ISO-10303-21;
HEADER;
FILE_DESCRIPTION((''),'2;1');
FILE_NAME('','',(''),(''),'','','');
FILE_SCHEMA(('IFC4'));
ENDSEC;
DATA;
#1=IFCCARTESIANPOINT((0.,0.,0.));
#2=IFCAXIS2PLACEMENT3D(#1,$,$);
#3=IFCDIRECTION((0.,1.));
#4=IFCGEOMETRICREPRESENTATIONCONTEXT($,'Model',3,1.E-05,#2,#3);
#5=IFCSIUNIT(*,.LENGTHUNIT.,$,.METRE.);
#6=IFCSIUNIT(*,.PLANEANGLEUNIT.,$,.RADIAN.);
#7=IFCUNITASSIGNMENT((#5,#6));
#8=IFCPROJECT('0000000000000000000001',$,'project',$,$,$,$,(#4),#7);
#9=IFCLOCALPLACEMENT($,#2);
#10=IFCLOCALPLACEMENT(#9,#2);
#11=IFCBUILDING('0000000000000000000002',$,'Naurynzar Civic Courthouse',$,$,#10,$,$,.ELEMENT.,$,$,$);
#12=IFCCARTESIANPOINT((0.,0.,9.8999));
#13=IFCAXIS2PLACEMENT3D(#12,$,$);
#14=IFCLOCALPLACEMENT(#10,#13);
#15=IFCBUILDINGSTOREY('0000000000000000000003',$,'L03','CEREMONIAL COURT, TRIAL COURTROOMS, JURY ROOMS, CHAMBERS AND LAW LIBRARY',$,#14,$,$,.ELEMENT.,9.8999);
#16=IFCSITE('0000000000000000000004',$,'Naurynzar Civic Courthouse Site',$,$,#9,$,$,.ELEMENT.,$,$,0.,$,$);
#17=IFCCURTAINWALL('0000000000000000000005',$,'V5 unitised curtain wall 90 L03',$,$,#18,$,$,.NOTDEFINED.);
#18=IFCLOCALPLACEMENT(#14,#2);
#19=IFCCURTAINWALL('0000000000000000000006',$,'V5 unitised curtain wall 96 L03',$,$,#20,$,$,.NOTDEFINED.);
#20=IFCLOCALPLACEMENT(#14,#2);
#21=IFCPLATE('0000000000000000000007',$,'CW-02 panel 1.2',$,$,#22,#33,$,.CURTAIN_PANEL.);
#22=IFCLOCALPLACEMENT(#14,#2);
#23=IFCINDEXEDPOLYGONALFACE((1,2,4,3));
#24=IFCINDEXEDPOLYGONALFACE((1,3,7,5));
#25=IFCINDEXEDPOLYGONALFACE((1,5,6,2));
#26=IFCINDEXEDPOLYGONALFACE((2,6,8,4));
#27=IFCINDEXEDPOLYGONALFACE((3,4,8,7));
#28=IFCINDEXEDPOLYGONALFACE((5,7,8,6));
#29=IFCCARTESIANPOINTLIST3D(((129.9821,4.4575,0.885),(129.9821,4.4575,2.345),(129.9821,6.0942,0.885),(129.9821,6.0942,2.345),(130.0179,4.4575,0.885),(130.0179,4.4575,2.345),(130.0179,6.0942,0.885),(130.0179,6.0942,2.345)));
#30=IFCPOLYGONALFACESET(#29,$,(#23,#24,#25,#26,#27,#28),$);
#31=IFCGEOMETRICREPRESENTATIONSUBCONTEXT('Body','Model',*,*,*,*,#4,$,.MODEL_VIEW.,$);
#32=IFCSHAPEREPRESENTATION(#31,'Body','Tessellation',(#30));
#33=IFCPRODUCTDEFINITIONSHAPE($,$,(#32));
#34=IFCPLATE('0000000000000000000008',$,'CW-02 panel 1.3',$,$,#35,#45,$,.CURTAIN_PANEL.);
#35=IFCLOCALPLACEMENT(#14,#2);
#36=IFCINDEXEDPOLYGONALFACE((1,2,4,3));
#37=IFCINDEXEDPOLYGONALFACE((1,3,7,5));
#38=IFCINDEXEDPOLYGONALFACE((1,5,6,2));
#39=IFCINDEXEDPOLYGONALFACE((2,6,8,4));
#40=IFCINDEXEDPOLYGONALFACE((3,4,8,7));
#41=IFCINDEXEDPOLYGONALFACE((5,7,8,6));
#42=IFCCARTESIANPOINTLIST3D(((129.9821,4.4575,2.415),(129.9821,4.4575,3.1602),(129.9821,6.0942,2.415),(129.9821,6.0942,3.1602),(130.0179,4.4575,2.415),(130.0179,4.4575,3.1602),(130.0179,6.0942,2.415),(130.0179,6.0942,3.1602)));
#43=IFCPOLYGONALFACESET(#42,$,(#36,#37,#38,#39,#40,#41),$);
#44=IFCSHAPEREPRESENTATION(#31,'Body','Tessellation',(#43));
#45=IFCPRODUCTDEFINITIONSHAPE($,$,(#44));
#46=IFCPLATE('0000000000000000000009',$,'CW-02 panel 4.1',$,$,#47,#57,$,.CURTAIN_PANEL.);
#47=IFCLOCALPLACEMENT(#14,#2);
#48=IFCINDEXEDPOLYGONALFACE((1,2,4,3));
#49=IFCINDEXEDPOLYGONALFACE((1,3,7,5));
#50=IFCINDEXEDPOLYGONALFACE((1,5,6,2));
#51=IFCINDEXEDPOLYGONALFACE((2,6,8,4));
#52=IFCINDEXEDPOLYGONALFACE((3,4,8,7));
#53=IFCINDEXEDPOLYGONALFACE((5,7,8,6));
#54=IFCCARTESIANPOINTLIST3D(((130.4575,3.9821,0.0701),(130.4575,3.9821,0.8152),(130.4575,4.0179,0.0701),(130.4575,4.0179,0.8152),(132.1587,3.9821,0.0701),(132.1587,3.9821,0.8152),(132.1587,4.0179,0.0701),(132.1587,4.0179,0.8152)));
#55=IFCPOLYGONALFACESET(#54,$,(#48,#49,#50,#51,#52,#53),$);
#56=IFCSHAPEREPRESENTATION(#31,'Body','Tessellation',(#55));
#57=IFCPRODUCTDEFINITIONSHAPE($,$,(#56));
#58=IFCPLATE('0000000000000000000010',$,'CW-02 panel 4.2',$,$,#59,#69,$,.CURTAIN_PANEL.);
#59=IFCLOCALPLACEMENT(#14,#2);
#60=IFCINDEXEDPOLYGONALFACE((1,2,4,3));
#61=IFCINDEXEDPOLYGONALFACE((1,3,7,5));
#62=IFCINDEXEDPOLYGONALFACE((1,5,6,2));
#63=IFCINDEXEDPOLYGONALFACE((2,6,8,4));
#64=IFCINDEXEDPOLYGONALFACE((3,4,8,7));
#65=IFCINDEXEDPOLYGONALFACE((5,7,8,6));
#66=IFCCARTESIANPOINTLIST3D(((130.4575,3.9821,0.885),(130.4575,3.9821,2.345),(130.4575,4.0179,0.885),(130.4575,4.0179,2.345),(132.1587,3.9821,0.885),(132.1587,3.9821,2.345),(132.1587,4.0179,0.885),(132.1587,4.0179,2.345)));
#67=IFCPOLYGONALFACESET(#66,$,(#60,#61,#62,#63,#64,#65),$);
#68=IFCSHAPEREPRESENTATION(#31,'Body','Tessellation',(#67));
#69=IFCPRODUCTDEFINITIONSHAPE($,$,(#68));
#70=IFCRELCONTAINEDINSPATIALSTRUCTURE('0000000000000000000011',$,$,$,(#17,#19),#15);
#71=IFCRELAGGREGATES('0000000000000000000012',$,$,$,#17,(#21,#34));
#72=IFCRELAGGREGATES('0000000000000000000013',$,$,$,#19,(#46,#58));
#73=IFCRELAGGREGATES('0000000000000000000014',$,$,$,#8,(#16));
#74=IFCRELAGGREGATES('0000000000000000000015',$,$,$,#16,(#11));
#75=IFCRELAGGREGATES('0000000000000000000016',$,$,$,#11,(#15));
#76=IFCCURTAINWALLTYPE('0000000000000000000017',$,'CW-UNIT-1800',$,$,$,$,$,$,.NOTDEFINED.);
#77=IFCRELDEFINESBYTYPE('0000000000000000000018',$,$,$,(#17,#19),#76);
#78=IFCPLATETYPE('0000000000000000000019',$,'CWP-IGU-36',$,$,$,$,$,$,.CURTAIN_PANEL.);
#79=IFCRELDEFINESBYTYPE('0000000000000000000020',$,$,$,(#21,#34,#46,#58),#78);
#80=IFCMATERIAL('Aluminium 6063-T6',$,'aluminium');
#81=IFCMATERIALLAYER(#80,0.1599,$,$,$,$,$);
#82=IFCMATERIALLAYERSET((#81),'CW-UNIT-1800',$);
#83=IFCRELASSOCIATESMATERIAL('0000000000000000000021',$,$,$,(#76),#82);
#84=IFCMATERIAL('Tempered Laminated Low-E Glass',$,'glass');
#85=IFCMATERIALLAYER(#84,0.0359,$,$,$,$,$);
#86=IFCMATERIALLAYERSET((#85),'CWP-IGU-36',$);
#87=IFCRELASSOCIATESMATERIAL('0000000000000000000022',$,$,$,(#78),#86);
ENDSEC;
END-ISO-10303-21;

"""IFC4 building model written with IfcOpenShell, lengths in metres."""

from ifc_helpers import new_model, si_unit, direction, frame, origin, origin_2d, place, context, subcontext, project, spatial, rectangle, extrude, material, layer, layer_set, type_object, element, aggregate, save


model = new_model("IFC4")

# Units and contexts
model_context = context("Model", 3, precision=1e-05, world=origin(), true_north=direction((0.0, 1.0)))
body_context = subcontext(model_context, "Body", "Model", "MODEL_VIEW")
ifc_project = project(units=[si_unit("LENGTHUNIT", "METRE"), si_unit("PLANEANGLEUNIT", "RADIAN")], contexts=[model_context])

# Site, building, storey
site_placement = place(None, origin())
site = spatial("IfcSite", under=ifc_project, at=site_placement, Name="Naurynzar Civic Courthouse Site", CompositionType="ELEMENT", RefElevation=0.0)
building_placement = place(site_placement, origin())
building = spatial("IfcBuilding", under=site, at=building_placement, Name="Naurynzar Civic Courthouse", CompositionType="ELEMENT")
storey_placement = place(building_placement, frame((0.0, 0.0, 9.8999)))
storey = spatial("IfcBuildingStorey", under=building, at=storey_placement, Name="L03", Description="CEREMONIAL COURT, TRIAL COURTROOMS, JURY ROOMS, CHAMBERS AND LAW LIBRARY", CompositionType="ELEMENT", Elevation=9.8999)

# Curtain wall
ifc_material_1 = material(Name="Aluminium 6063-T6", Category="aluminium")
ifc_layer_1 = layer(ifc_material_1, 0.1599)
ifc_layer_set_1 = layer_set([ifc_layer_1], Name="CW-UNIT-1800")
curtain_wall_type = type_object("IfcCurtainWallType", Name="CW-UNIT-1800", PredefinedType="NOTDEFINED", material=ifc_layer_set_1)
curtain_wall_1_placement = place(storey_placement, origin())
curtain_wall_1 = element("IfcCurtainWall", 1, at=curtain_wall_1_placement, inside=storey, type_object=curtain_wall_type, Name="V5 unitised curtain wall 90 L03", PredefinedType="NOTDEFINED")

# Curtain wall
curtain_wall_2_placement = place(storey_placement, origin())
curtain_wall_2 = element("IfcCurtainWall", 2, at=curtain_wall_2_placement, inside=storey, type_object=curtain_wall_type, Name="V5 unitised curtain wall 96 L03", PredefinedType="NOTDEFINED")

# Plates
ifc_material_2 = material(Name="Tempered Laminated Low-E Glass", Category="glass")
ifc_layer_2 = layer(ifc_material_2, 0.0359)
ifc_layer_set_2 = layer_set([ifc_layer_2], Name="CWP-IGU-36")
plate_type = type_object("IfcPlateType", Name="CWP-IGU-36", PredefinedType="CURTAIN_PANEL", material=ifc_layer_set_2)
plate_1_placement = place(storey_placement, frame((130.0, 5.2759, 0.885), z_axis=(0.0, 0.0, 1.0), x_axis=(0.0, 1.0, 0.0)))
plate_1 = element("IfcPlate", 3, at=plate_1_placement, type_object=plate_type, Name="CW-02 panel 1.2", PredefinedType="CURTAIN_PANEL", context=body_context, shape_type="SweptSolid", body=[
    extrude(rectangle(XDim=1.6367, YDim=0.0359, at=origin_2d()), origin(), (0.0, 0.0, 1.0), 1.46),
])
plate_2_placement = place(storey_placement, frame((130.0, 5.2759, 2.415), z_axis=(0.0, 0.0, 1.0), x_axis=(0.0, 1.0, 0.0)))
plate_2 = element("IfcPlate", 4, at=plate_2_placement, type_object=plate_type, Name="CW-02 panel 1.3", PredefinedType="CURTAIN_PANEL", context=body_context, shape_type="SweptSolid", body=[
    extrude(rectangle(XDim=1.6367, YDim=0.0359, at=origin_2d()), origin(), (0.0, 0.0, 1.0), 0.7451),
])
aggregate(curtain_wall_1, [plate_1, plate_2])
plate_3_placement = place(storey_placement, frame((131.3081, 4.0, 0.0701), z_axis=(0.0, 0.0, 1.0), x_axis=(-1.0, 0.0, 0.0)))
plate_3 = element("IfcPlate", 5, at=plate_3_placement, type_object=plate_type, Name="CW-02 panel 4.1", PredefinedType="CURTAIN_PANEL", context=body_context, shape_type="SweptSolid", body=[
    extrude(rectangle(XDim=1.7012, YDim=0.0359, at=origin_2d()), origin(), (0.0, 0.0, 1.0), 0.7451),
])
plate_4_placement = place(storey_placement, frame((131.3081, 4.0, 0.885), z_axis=(0.0, 0.0, 1.0), x_axis=(-1.0, 0.0, 0.0)))
plate_4 = element("IfcPlate", 6, at=plate_4_placement, type_object=plate_type, Name="CW-02 panel 4.2", PredefinedType="CURTAIN_PANEL", context=body_context, shape_type="SweptSolid", body=[
    extrude(rectangle(XDim=1.7012, YDim=0.0359, at=origin_2d()), origin(), (0.0, 0.0, 1.0), 1.46),
])
aggregate(curtain_wall_2, [plate_3, plate_4])

save(model, "model.ifc")
